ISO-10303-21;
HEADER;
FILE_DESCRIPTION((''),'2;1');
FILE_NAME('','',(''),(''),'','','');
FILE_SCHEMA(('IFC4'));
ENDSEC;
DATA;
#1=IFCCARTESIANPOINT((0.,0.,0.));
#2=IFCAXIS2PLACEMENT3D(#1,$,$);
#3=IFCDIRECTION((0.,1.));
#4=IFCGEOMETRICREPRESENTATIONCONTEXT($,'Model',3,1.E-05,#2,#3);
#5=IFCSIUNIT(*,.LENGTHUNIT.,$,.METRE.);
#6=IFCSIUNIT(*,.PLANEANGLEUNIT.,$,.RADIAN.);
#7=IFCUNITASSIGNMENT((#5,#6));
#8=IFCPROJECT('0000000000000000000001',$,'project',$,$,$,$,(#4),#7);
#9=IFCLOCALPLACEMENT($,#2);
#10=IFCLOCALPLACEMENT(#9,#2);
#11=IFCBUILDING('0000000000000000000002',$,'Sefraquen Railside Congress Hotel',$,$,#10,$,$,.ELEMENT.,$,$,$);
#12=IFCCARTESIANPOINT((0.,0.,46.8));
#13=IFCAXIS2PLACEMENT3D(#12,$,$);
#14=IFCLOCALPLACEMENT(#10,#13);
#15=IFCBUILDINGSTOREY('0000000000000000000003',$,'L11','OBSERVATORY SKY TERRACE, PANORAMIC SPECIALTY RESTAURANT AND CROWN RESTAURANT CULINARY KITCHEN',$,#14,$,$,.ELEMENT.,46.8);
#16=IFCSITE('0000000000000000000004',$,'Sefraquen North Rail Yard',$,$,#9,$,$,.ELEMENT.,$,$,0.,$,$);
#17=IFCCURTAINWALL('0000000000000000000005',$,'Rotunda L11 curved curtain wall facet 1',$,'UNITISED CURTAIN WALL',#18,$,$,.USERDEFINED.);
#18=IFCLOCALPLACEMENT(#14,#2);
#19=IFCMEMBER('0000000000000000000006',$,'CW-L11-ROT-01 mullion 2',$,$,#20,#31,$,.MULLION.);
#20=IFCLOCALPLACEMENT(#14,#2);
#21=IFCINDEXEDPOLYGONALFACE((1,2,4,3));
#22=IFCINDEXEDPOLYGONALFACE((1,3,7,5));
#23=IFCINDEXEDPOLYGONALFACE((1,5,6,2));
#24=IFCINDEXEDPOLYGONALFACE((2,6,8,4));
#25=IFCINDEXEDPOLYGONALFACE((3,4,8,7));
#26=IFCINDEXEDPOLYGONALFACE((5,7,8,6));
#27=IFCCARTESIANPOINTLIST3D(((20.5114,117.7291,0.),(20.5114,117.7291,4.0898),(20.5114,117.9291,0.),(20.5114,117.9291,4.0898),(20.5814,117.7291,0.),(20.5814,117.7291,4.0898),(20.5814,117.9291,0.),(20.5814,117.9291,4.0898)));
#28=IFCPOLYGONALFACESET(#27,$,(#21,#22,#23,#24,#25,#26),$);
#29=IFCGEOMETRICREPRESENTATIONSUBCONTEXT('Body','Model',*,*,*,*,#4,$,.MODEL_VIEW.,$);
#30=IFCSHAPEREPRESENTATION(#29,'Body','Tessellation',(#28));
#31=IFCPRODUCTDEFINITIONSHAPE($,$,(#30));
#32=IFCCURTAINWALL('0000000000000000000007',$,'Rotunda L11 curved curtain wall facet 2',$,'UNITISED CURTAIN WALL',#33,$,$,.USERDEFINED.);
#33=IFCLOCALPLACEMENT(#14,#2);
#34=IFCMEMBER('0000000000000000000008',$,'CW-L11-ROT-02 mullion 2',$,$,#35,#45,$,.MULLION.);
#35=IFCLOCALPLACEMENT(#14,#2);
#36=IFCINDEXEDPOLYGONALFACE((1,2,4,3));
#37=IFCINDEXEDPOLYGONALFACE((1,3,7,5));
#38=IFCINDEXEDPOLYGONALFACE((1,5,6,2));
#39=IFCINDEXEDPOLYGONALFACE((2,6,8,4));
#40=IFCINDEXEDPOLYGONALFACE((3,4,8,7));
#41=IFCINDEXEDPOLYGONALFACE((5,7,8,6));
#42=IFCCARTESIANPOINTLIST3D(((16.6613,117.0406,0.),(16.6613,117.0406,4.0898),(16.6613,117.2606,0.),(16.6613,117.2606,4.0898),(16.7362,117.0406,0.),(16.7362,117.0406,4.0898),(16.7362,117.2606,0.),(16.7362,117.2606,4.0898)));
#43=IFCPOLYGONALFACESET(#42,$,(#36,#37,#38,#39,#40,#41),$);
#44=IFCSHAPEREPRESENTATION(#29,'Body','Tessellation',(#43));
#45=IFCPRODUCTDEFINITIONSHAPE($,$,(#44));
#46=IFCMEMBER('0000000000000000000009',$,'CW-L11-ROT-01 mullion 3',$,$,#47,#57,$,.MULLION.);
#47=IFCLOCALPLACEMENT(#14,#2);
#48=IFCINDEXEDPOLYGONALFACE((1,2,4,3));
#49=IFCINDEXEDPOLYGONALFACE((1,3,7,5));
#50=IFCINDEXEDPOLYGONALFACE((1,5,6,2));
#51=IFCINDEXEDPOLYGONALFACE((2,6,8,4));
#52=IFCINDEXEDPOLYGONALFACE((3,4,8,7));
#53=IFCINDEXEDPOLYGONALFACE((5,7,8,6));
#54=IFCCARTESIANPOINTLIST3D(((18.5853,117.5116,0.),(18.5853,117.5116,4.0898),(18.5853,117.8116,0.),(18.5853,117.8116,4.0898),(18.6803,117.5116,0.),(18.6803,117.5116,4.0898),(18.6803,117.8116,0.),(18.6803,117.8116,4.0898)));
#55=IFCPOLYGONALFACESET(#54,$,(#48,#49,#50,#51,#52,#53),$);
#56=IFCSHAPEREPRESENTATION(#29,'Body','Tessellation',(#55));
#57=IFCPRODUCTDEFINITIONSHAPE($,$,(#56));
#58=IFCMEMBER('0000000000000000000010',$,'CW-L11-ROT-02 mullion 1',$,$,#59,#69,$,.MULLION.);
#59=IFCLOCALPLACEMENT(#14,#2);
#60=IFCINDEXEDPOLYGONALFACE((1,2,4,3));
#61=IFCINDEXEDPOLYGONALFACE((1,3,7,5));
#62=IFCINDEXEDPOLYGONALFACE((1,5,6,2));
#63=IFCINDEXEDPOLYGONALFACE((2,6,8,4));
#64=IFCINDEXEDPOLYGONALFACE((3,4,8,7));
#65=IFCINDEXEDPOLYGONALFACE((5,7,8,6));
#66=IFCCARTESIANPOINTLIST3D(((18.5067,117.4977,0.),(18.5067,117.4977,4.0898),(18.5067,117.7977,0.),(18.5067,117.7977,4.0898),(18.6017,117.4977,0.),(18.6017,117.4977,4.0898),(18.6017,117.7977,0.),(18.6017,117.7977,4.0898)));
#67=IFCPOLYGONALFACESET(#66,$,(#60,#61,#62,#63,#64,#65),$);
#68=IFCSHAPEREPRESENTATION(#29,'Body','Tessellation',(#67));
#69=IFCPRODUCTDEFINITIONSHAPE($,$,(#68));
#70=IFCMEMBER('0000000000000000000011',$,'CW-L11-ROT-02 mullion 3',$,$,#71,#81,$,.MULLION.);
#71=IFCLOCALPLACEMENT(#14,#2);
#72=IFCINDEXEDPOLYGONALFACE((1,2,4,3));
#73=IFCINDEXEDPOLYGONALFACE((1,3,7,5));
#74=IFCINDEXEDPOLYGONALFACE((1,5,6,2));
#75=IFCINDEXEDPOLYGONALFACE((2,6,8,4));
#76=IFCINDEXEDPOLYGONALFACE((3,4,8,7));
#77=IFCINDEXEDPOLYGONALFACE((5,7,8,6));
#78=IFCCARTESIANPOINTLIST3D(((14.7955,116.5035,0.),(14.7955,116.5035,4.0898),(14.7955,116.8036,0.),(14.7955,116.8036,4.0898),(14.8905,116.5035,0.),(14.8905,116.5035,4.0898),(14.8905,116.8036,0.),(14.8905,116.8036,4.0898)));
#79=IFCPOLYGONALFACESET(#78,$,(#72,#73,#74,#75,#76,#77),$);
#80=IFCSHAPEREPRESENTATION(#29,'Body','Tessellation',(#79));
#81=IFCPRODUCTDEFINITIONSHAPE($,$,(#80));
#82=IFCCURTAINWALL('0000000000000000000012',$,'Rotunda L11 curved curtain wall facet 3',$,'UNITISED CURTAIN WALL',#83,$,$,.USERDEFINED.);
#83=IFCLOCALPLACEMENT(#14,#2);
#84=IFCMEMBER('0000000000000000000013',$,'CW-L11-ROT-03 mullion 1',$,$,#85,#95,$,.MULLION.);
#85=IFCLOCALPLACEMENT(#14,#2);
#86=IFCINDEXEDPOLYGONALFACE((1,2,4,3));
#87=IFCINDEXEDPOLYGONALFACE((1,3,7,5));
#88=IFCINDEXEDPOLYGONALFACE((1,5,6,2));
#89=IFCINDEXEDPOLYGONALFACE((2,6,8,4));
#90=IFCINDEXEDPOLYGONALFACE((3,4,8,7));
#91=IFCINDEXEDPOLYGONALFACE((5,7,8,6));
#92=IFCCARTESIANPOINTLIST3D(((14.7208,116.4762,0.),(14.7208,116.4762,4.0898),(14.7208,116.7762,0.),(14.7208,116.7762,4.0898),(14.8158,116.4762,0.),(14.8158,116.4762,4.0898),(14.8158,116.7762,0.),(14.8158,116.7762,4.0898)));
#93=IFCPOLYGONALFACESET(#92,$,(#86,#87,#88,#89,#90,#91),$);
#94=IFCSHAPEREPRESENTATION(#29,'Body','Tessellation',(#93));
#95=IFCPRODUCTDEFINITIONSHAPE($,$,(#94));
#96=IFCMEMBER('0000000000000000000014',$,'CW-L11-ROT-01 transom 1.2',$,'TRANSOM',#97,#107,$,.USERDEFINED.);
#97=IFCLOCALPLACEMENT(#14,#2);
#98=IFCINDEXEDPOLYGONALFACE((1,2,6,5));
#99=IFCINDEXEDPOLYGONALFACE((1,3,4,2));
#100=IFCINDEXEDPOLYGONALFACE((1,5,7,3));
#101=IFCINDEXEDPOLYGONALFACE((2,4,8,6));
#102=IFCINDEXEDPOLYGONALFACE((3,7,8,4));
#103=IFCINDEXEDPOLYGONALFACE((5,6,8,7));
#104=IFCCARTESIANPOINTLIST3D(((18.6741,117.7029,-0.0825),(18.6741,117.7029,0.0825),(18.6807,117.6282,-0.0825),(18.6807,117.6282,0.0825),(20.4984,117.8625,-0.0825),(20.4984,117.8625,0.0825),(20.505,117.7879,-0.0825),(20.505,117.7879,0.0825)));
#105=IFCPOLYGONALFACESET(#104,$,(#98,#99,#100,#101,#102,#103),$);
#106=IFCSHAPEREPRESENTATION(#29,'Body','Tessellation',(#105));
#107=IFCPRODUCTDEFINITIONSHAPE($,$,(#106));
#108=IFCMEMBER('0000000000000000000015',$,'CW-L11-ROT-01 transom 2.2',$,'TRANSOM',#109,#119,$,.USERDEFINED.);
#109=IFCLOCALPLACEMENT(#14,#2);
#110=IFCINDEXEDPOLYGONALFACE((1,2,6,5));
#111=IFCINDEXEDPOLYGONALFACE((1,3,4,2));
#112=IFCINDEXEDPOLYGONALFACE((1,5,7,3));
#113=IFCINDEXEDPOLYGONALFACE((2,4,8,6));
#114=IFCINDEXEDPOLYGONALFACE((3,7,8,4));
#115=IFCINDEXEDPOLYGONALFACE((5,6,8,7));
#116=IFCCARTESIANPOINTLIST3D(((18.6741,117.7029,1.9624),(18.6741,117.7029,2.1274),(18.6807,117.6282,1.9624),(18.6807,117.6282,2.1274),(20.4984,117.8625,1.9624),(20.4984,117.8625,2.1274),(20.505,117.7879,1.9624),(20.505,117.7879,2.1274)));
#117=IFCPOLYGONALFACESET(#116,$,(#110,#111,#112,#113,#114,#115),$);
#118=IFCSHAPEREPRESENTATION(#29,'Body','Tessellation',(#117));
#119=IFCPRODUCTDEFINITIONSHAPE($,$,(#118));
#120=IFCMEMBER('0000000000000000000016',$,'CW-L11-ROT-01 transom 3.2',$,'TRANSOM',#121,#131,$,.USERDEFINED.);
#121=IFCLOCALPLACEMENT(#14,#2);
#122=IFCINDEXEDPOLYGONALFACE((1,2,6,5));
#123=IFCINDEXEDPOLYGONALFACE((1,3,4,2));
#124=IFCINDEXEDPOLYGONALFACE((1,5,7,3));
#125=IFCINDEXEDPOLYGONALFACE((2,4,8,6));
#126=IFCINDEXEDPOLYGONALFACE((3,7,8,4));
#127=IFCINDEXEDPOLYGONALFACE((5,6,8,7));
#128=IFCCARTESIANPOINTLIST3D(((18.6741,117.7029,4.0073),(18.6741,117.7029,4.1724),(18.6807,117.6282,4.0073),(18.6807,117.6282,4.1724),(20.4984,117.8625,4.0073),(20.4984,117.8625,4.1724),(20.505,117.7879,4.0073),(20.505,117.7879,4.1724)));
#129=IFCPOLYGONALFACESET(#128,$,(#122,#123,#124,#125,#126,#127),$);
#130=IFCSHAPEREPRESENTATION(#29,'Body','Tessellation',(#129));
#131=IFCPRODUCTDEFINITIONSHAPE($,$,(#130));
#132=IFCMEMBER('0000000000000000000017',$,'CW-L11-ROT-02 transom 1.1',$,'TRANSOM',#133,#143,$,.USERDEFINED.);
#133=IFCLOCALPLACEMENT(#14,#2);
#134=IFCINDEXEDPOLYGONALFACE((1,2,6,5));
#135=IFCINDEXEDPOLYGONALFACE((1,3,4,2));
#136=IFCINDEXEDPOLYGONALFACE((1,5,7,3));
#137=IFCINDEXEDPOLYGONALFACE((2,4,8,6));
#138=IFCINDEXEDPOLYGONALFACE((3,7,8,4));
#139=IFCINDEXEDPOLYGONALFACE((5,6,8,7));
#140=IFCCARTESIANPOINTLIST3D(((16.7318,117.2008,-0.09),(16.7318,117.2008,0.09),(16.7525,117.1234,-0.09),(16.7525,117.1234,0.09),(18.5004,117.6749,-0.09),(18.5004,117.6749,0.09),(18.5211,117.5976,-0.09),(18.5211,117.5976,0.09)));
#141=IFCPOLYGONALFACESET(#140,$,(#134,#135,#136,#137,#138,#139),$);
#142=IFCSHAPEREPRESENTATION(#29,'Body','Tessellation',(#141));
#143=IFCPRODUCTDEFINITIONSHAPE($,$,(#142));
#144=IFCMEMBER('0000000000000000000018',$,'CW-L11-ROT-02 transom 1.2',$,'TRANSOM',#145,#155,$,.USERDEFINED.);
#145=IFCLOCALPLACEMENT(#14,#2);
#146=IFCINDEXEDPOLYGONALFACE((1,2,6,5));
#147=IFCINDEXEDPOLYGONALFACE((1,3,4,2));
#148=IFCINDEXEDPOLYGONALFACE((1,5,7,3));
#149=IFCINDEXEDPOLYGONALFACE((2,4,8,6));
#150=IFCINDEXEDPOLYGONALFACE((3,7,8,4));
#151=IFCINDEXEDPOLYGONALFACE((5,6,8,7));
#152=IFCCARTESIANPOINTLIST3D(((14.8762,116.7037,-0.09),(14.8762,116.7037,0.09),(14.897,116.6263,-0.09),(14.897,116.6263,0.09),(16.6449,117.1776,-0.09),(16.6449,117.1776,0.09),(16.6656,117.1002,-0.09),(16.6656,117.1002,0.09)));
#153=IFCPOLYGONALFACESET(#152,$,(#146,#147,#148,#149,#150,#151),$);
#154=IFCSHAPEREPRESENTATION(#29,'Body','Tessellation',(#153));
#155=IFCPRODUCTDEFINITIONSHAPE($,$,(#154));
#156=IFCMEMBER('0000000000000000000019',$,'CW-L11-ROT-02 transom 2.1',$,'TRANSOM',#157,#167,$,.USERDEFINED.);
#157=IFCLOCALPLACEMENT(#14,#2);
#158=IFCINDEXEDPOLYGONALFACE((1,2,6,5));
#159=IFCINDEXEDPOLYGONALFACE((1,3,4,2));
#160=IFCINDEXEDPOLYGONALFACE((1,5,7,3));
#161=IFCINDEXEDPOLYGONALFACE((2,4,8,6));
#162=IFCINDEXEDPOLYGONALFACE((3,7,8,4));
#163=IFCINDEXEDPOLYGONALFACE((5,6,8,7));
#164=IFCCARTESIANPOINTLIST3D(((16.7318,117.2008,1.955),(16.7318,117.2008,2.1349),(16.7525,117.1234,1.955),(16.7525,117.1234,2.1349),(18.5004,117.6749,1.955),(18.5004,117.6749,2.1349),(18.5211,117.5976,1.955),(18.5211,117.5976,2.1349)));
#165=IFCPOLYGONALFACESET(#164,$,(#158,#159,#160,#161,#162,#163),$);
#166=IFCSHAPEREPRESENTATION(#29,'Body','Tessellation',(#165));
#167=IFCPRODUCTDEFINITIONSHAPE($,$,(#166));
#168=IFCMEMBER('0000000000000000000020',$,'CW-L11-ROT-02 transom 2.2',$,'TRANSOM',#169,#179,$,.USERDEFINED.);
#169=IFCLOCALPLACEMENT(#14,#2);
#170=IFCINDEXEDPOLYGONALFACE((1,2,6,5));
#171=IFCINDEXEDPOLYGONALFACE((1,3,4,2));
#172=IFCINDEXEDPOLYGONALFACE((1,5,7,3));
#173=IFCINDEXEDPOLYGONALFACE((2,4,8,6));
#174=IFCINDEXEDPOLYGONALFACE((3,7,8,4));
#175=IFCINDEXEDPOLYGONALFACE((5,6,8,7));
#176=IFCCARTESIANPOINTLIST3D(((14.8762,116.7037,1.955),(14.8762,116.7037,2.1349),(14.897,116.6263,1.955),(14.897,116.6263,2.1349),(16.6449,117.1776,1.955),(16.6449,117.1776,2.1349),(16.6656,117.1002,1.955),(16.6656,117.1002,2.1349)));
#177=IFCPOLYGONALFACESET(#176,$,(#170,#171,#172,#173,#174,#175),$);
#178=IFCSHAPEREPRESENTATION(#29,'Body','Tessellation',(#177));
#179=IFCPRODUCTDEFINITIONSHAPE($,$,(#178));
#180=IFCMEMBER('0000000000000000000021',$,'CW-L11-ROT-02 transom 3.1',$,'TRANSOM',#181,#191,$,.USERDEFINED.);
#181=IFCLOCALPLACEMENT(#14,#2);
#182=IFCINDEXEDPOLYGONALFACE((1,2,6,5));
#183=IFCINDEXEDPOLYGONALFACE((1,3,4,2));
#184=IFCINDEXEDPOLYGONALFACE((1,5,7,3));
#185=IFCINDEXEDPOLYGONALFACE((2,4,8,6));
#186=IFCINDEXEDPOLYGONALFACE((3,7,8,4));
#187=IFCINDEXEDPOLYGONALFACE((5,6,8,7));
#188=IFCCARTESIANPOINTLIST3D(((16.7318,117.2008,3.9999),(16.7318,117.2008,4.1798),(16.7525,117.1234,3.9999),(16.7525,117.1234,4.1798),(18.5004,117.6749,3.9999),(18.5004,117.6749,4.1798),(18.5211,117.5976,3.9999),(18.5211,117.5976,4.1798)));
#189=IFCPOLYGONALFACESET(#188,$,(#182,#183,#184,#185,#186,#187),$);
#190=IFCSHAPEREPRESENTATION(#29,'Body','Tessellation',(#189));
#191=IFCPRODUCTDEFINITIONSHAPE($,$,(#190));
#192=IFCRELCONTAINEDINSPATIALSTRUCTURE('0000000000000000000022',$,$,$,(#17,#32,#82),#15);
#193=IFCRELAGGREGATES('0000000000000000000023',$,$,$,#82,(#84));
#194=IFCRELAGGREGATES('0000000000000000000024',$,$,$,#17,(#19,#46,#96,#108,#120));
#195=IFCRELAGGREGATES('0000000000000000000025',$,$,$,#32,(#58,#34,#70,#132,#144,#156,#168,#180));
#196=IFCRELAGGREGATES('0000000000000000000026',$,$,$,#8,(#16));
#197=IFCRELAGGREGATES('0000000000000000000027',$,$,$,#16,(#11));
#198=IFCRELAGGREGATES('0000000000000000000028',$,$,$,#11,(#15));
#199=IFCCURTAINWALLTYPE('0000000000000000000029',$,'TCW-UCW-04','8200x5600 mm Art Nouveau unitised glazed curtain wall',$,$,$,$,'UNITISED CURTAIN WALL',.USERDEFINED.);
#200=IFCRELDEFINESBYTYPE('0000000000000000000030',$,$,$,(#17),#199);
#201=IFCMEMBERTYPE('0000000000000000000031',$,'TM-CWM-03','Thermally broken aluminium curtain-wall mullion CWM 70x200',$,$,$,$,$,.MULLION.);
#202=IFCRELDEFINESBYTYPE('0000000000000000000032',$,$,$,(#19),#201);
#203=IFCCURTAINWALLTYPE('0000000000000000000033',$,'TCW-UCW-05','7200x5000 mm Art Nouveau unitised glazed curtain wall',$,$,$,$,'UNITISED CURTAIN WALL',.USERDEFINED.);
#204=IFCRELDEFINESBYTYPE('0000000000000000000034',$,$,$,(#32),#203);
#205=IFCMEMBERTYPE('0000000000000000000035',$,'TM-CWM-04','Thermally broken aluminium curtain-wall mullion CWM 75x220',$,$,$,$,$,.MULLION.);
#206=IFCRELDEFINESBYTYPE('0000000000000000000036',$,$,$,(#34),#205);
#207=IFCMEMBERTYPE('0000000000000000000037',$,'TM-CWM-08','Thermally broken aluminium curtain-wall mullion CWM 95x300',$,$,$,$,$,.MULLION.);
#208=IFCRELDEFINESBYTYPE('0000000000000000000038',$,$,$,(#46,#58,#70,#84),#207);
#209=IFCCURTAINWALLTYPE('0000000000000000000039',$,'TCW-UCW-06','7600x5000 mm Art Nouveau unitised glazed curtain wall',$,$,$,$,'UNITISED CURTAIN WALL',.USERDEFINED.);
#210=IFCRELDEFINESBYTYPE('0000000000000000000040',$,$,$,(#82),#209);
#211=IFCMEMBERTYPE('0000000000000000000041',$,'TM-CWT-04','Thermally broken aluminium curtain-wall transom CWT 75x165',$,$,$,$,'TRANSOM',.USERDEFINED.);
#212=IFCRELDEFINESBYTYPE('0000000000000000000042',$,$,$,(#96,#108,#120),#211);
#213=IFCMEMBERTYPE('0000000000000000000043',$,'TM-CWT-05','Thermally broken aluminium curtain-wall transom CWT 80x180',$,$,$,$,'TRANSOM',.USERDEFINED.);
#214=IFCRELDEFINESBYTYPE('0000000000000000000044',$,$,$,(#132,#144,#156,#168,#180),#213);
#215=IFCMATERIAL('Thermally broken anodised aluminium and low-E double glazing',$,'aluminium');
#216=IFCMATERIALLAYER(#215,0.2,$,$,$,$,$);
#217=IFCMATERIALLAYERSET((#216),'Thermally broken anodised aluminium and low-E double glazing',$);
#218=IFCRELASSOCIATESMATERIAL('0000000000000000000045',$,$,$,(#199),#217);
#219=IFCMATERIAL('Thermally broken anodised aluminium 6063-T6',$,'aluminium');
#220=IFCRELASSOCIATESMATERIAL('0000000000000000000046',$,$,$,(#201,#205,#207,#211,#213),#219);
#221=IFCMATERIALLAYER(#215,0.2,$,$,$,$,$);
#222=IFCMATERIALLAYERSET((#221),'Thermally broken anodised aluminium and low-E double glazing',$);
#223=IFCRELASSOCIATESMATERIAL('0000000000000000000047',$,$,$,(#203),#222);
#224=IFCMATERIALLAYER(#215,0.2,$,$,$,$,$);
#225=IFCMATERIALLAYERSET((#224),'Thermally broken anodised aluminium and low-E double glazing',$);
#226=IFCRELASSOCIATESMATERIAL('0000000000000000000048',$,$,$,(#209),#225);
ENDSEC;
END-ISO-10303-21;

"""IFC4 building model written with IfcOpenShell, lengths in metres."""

from ifc_helpers import new_model, si_unit, direction, frame, origin, origin_2d, place, context, subcontext, project, spatial, rectangle, extrude, material, layer, layer_set, material_profile, profile_set, type_object, element, aggregate, save


model = new_model("IFC4")

# Units and contexts
model_context = context("Model", 3, precision=1e-05, world=origin(), true_north=direction((0.0, 1.0)))
body_context = subcontext(model_context, "Body", "Model", "MODEL_VIEW")
ifc_project = project(units=[si_unit("LENGTHUNIT", "METRE"), si_unit("PLANEANGLEUNIT", "RADIAN")], contexts=[model_context])

# Site, building, storey
site_placement = place(None, origin())
site = spatial("IfcSite", under=ifc_project, at=site_placement, Name="Sefraquen North Rail Yard", CompositionType="ELEMENT", RefElevation=0.0)
building_placement = place(site_placement, origin())
building = spatial("IfcBuilding", under=site, at=building_placement, Name="Sefraquen Railside Congress Hotel", CompositionType="ELEMENT")
storey_placement = place(building_placement, frame((0.0, 0.0, 46.8)))
storey = spatial("IfcBuildingStorey", under=building, at=storey_placement, Name="L11", Description="OBSERVATORY SKY TERRACE, PANORAMIC SPECIALTY RESTAURANT AND CROWN RESTAURANT CULINARY KITCHEN", CompositionType="ELEMENT", Elevation=46.8)

# Curtain walls, members
ifc_material_1 = material(Name="Thermally broken anodised aluminium and low-E double glazing", Category="aluminium")
ifc_layer_1 = layer(ifc_material_1, 0.2)
ifc_layer_set_1 = layer_set([ifc_layer_1], Name="Thermally broken anodised aluminium and low-E double glazing")
curtain_wall_type_1 = type_object("IfcCurtainWallType", Name="TCW-UCW-04", Description="8200x5600 mm Art Nouveau unitised glazed curtain wall", ElementType="UNITISED CURTAIN WALL", PredefinedType="USERDEFINED", material=ifc_layer_set_1)
curtain_wall_1_placement = place(storey_placement, origin())
curtain_wall_1 = element("IfcCurtainWall", 1, at=curtain_wall_1_placement, inside=storey, type_object=curtain_wall_type_1, Name="Rotunda L11 curved curtain wall facet 1", ObjectType="UNITISED CURTAIN WALL", PredefinedType="USERDEFINED")
ifc_material_2 = material(Name="Thermally broken anodised aluminium 6063-T6", Category="aluminium")
ifc_material_profile_1 = material_profile(ifc_material_2, rectangle(XDim=0.0701, YDim=0.2, at=origin_2d()), Name="CWM 70x200")
ifc_profile_set_1 = profile_set([ifc_material_profile_1], Name="Thermally broken anodised aluminium 6063-T6")
member_type_1 = type_object("IfcMemberType", Name="TM-CWM-03", Description="Thermally broken aluminium curtain-wall mullion CWM 70x200", PredefinedType="MULLION", material=ifc_profile_set_1)
member_1_placement = place(storey_placement, frame((20.5464, 117.8291, 0.0), z_axis=(0.0, 0.0, 1.0), x_axis=(1.0, 0.0, 0.0)))
member_1 = element("IfcMember", 2, at=member_1_placement, type_object=member_type_1, Name="CW-L11-ROT-01 mullion 2", PredefinedType="MULLION", context=body_context, shape_type="SweptSolid", body=[
    extrude(rectangle(XDim=0.0701, YDim=0.2, at=origin_2d()), origin(), (0.0, 0.0, 1.0), 4.0898),
])
ifc_layer_2 = layer(ifc_material_1, 0.2)
ifc_layer_set_2 = layer_set([ifc_layer_2], Name="Thermally broken anodised aluminium and low-E double glazing")
curtain_wall_type_2 = type_object("IfcCurtainWallType", Name="TCW-UCW-05", Description="7200x5000 mm Art Nouveau unitised glazed curtain wall", ElementType="UNITISED CURTAIN WALL", PredefinedType="USERDEFINED", material=ifc_layer_set_2)
curtain_wall_2_placement = place(storey_placement, origin())
curtain_wall_2 = element("IfcCurtainWall", 3, at=curtain_wall_2_placement, inside=storey, type_object=curtain_wall_type_2, Name="Rotunda L11 curved curtain wall facet 2", ObjectType="UNITISED CURTAIN WALL", PredefinedType="USERDEFINED")
ifc_material_profile_2 = material_profile(ifc_material_2, rectangle(XDim=0.075, YDim=0.22, at=origin_2d()), Name="CWM 75x220")
ifc_profile_set_2 = profile_set([ifc_material_profile_2], Name="Thermally broken anodised aluminium 6063-T6")
member_type_2 = type_object("IfcMemberType", Name="TM-CWM-04", Description="Thermally broken aluminium curtain-wall mullion CWM 75x220", PredefinedType="MULLION", material=ifc_profile_set_2)
member_2_placement = place(storey_placement, frame((16.6987, 117.1506, 0.0), z_axis=(0.0, 0.0, 1.0), x_axis=(1.0, 0.0, 0.0)))
member_2 = element("IfcMember", 4, at=member_2_placement, type_object=member_type_2, Name="CW-L11-ROT-02 mullion 2", PredefinedType="MULLION", context=body_context, shape_type="SweptSolid", body=[
    extrude(rectangle(XDim=0.075, YDim=0.22, at=origin_2d()), origin(), (0.0, 0.0, 1.0), 4.0898),
])

# Members
ifc_material_profile_3 = material_profile(ifc_material_2, rectangle(XDim=0.095, YDim=0.3, at=origin_2d()), Name="CWM 95x300")
ifc_profile_set_3 = profile_set([ifc_material_profile_3], Name="Thermally broken anodised aluminium 6063-T6")
member_type_3 = type_object("IfcMemberType", Name="TM-CWM-08", Description="Thermally broken aluminium curtain-wall mullion CWM 95x300", PredefinedType="MULLION", material=ifc_profile_set_3)
member_3_placement = place(storey_placement, frame((18.6328, 117.6616, 0.0), z_axis=(0.0, 0.0, 1.0), x_axis=(1.0, 0.0, 0.0)))
member_3 = element("IfcMember", 5, at=member_3_placement, type_object=member_type_3, Name="CW-L11-ROT-01 mullion 3", PredefinedType="MULLION", context=body_context, shape_type="SweptSolid", body=[
    extrude(rectangle(XDim=0.095, YDim=0.3, at=origin_2d()), origin(), (0.0, 0.0, 1.0), 4.0898),
])
member_4_placement = place(storey_placement, frame((18.5542, 117.6477, 0.0), z_axis=(0.0, 0.0, 1.0), x_axis=(1.0, 0.0, 0.0)))
member_4 = element("IfcMember", 6, at=member_4_placement, type_object=member_type_3, Name="CW-L11-ROT-02 mullion 1", PredefinedType="MULLION", context=body_context, shape_type="SweptSolid", body=[
    extrude(rectangle(XDim=0.095, YDim=0.3, at=origin_2d()), origin(), (0.0, 0.0, 1.0), 4.0898),
])
member_5_placement = place(storey_placement, frame((14.843, 116.6536, 0.0), z_axis=(0.0, 0.0, 1.0), x_axis=(1.0, 0.0, 0.0)))
member_5 = element("IfcMember", 7, at=member_5_placement, type_object=member_type_3, Name="CW-L11-ROT-02 mullion 3", PredefinedType="MULLION", context=body_context, shape_type="SweptSolid", body=[
    extrude(rectangle(XDim=0.095, YDim=0.3, at=origin_2d()), origin(), (0.0, 0.0, 1.0), 4.0898),
])

# Curtain wall, member
ifc_layer_3 = layer(ifc_material_1, 0.2)
ifc_layer_set_3 = layer_set([ifc_layer_3], Name="Thermally broken anodised aluminium and low-E double glazing")
curtain_wall_type_3 = type_object("IfcCurtainWallType", Name="TCW-UCW-06", Description="7600x5000 mm Art Nouveau unitised glazed curtain wall", ElementType="UNITISED CURTAIN WALL", PredefinedType="USERDEFINED", material=ifc_layer_set_3)
curtain_wall_3_placement = place(storey_placement, origin())
curtain_wall_3 = element("IfcCurtainWall", 8, at=curtain_wall_3_placement, inside=storey, type_object=curtain_wall_type_3, Name="Rotunda L11 curved curtain wall facet 3", ObjectType="UNITISED CURTAIN WALL", PredefinedType="USERDEFINED")
member_6_placement = place(storey_placement, frame((14.7683, 116.6262, 0.0), z_axis=(0.0, 0.0, 1.0), x_axis=(1.0, 0.0, 0.0)))
member_6 = element("IfcMember", 9, at=member_6_placement, type_object=member_type_3, Name="CW-L11-ROT-03 mullion 1", PredefinedType="MULLION", context=body_context, shape_type="SweptSolid", body=[
    extrude(rectangle(XDim=0.095, YDim=0.3, at=origin_2d()), origin(), (0.0, 0.0, 1.0), 4.0898),
])

# Members
ifc_material_profile_4 = material_profile(ifc_material_2, rectangle(XDim=0.075, YDim=0.165, at=origin_2d()), Name="CWT 75x165")
ifc_profile_set_4 = profile_set([ifc_material_profile_4], Name="Thermally broken anodised aluminium 6063-T6")
member_type_4 = type_object("IfcMemberType", Name="TM-CWT-04", Description="Thermally broken aluminium curtain-wall transom CWT 75x165", ElementType="TRANSOM", PredefinedType="USERDEFINED", material=ifc_profile_set_4)
member_7_placement = place(storey_placement, frame((20.5017, 117.8252, 0.0), z_axis=(-0.996191, -0.087193, 0.0), x_axis=(0.087193, -0.996191, 0.0)))
member_7 = element("IfcMember", 10, at=member_7_placement, type_object=member_type_4, Name="CW-L11-ROT-01 transom 1.2", ObjectType="TRANSOM", PredefinedType="USERDEFINED", context=body_context, shape_type="SweptSolid", body=[
    extrude(rectangle(XDim=0.075, YDim=0.165, at=origin_2d()), origin(), (0.0, 0.0, 1.0), 1.8313),
])
member_8_placement = place(storey_placement, frame((20.5017, 117.8252, 2.0449), z_axis=(-0.996191, -0.087193, 0.0), x_axis=(0.087193, -0.996191, 0.0)))
member_8 = element("IfcMember", 11, at=member_8_placement, type_object=member_type_4, Name="CW-L11-ROT-01 transom 2.2", ObjectType="TRANSOM", PredefinedType="USERDEFINED", context=body_context, shape_type="SweptSolid", body=[
    extrude(rectangle(XDim=0.075, YDim=0.165, at=origin_2d()), origin(), (0.0, 0.0, 1.0), 1.8313),
])
member_9_placement = place(storey_placement, frame((20.5017, 117.8252, 4.0898), z_axis=(-0.996191, -0.087193, 0.0), x_axis=(0.087193, -0.996191, 0.0)))
member_9 = element("IfcMember", 12, at=member_9_placement, type_object=member_type_4, Name="CW-L11-ROT-01 transom 3.2", ObjectType="TRANSOM", PredefinedType="USERDEFINED", context=body_context, shape_type="SweptSolid", body=[
    extrude(rectangle(XDim=0.075, YDim=0.165, at=origin_2d()), origin(), (0.0, 0.0, 1.0), 1.8313),
])
ifc_material_profile_5 = material_profile(ifc_material_2, rectangle(XDim=0.0801, YDim=0.1799, at=origin_2d()), Name="CWT 80x180")
ifc_profile_set_5 = profile_set([ifc_material_profile_5], Name="Thermally broken anodised aluminium 6063-T6")
member_type_5 = type_object("IfcMemberType", Name="TM-CWT-05", Description="Thermally broken aluminium curtain-wall transom CWT 80x180", ElementType="TRANSOM", PredefinedType="USERDEFINED", material=ifc_profile_set_5)
member_10_placement = place(storey_placement, frame((18.5107, 117.6362, 0.0), z_axis=(-0.965893, -0.25894, 0.0), x_axis=(0.25894, -0.965893, 0.0)))
member_10 = element("IfcMember", 13, at=member_10_placement, type_object=member_type_5, Name="CW-L11-ROT-02 transom 1.1", ObjectType="TRANSOM", PredefinedType="USERDEFINED", context=body_context, shape_type="SweptSolid", body=[
    extrude(rectangle(XDim=0.0801, YDim=0.1799, at=origin_2d()), origin(), (0.0, 0.0, 1.0), 1.8311),
])
member_11_placement = place(storey_placement, frame((16.6553, 117.1389, 0.0), z_axis=(-0.965927, -0.258816, 0.0), x_axis=(0.258816, -0.965927, 0.0)))
member_11 = element("IfcMember", 14, at=member_11_placement, type_object=member_type_5, Name="CW-L11-ROT-02 transom 1.2", ObjectType="TRANSOM", PredefinedType="USERDEFINED", context=body_context, shape_type="SweptSolid", body=[
    extrude(rectangle(XDim=0.0801, YDim=0.1799, at=origin_2d()), origin(), (0.0, 0.0, 1.0), 1.8311),
])
member_12_placement = place(storey_placement, frame((18.5107, 117.6362, 2.0449), z_axis=(-0.965893, -0.25894, 0.0), x_axis=(0.25894, -0.965893, 0.0)))
member_12 = element("IfcMember", 15, at=member_12_placement, type_object=member_type_5, Name="CW-L11-ROT-02 transom 2.1", ObjectType="TRANSOM", PredefinedType="USERDEFINED", context=body_context, shape_type="SweptSolid", body=[
    extrude(rectangle(XDim=0.0801, YDim=0.1799, at=origin_2d()), origin(), (0.0, 0.0, 1.0), 1.8311),
])
member_13_placement = place(storey_placement, frame((16.6553, 117.1389, 2.0449), z_axis=(-0.965927, -0.258816, 0.0), x_axis=(0.258816, -0.965927, 0.0)))
member_13 = element("IfcMember", 16, at=member_13_placement, type_object=member_type_5, Name="CW-L11-ROT-02 transom 2.2", ObjectType="TRANSOM", PredefinedType="USERDEFINED", context=body_context, shape_type="SweptSolid", body=[
    extrude(rectangle(XDim=0.0801, YDim=0.1799, at=origin_2d()), origin(), (0.0, 0.0, 1.0), 1.8311),
])
member_14_placement = place(storey_placement, frame((18.5107, 117.6362, 4.0898), z_axis=(-0.965893, -0.25894, 0.0), x_axis=(0.25894, -0.965893, 0.0)))
member_14 = element("IfcMember", 17, at=member_14_placement, type_object=member_type_5, Name="CW-L11-ROT-02 transom 3.1", ObjectType="TRANSOM", PredefinedType="USERDEFINED", context=body_context, shape_type="SweptSolid", body=[
    extrude(rectangle(XDim=0.0801, YDim=0.1799, at=origin_2d()), origin(), (0.0, 0.0, 1.0), 1.8311),
])
aggregate(curtain_wall_3, [member_6])

aggregate(curtain_wall_1, [member_1, member_3, member_7, member_8, member_9])
aggregate(curtain_wall_2, [member_4, member_2, member_5, member_10, member_11, member_12, member_13, member_14])

save(model, "model.ifc")
